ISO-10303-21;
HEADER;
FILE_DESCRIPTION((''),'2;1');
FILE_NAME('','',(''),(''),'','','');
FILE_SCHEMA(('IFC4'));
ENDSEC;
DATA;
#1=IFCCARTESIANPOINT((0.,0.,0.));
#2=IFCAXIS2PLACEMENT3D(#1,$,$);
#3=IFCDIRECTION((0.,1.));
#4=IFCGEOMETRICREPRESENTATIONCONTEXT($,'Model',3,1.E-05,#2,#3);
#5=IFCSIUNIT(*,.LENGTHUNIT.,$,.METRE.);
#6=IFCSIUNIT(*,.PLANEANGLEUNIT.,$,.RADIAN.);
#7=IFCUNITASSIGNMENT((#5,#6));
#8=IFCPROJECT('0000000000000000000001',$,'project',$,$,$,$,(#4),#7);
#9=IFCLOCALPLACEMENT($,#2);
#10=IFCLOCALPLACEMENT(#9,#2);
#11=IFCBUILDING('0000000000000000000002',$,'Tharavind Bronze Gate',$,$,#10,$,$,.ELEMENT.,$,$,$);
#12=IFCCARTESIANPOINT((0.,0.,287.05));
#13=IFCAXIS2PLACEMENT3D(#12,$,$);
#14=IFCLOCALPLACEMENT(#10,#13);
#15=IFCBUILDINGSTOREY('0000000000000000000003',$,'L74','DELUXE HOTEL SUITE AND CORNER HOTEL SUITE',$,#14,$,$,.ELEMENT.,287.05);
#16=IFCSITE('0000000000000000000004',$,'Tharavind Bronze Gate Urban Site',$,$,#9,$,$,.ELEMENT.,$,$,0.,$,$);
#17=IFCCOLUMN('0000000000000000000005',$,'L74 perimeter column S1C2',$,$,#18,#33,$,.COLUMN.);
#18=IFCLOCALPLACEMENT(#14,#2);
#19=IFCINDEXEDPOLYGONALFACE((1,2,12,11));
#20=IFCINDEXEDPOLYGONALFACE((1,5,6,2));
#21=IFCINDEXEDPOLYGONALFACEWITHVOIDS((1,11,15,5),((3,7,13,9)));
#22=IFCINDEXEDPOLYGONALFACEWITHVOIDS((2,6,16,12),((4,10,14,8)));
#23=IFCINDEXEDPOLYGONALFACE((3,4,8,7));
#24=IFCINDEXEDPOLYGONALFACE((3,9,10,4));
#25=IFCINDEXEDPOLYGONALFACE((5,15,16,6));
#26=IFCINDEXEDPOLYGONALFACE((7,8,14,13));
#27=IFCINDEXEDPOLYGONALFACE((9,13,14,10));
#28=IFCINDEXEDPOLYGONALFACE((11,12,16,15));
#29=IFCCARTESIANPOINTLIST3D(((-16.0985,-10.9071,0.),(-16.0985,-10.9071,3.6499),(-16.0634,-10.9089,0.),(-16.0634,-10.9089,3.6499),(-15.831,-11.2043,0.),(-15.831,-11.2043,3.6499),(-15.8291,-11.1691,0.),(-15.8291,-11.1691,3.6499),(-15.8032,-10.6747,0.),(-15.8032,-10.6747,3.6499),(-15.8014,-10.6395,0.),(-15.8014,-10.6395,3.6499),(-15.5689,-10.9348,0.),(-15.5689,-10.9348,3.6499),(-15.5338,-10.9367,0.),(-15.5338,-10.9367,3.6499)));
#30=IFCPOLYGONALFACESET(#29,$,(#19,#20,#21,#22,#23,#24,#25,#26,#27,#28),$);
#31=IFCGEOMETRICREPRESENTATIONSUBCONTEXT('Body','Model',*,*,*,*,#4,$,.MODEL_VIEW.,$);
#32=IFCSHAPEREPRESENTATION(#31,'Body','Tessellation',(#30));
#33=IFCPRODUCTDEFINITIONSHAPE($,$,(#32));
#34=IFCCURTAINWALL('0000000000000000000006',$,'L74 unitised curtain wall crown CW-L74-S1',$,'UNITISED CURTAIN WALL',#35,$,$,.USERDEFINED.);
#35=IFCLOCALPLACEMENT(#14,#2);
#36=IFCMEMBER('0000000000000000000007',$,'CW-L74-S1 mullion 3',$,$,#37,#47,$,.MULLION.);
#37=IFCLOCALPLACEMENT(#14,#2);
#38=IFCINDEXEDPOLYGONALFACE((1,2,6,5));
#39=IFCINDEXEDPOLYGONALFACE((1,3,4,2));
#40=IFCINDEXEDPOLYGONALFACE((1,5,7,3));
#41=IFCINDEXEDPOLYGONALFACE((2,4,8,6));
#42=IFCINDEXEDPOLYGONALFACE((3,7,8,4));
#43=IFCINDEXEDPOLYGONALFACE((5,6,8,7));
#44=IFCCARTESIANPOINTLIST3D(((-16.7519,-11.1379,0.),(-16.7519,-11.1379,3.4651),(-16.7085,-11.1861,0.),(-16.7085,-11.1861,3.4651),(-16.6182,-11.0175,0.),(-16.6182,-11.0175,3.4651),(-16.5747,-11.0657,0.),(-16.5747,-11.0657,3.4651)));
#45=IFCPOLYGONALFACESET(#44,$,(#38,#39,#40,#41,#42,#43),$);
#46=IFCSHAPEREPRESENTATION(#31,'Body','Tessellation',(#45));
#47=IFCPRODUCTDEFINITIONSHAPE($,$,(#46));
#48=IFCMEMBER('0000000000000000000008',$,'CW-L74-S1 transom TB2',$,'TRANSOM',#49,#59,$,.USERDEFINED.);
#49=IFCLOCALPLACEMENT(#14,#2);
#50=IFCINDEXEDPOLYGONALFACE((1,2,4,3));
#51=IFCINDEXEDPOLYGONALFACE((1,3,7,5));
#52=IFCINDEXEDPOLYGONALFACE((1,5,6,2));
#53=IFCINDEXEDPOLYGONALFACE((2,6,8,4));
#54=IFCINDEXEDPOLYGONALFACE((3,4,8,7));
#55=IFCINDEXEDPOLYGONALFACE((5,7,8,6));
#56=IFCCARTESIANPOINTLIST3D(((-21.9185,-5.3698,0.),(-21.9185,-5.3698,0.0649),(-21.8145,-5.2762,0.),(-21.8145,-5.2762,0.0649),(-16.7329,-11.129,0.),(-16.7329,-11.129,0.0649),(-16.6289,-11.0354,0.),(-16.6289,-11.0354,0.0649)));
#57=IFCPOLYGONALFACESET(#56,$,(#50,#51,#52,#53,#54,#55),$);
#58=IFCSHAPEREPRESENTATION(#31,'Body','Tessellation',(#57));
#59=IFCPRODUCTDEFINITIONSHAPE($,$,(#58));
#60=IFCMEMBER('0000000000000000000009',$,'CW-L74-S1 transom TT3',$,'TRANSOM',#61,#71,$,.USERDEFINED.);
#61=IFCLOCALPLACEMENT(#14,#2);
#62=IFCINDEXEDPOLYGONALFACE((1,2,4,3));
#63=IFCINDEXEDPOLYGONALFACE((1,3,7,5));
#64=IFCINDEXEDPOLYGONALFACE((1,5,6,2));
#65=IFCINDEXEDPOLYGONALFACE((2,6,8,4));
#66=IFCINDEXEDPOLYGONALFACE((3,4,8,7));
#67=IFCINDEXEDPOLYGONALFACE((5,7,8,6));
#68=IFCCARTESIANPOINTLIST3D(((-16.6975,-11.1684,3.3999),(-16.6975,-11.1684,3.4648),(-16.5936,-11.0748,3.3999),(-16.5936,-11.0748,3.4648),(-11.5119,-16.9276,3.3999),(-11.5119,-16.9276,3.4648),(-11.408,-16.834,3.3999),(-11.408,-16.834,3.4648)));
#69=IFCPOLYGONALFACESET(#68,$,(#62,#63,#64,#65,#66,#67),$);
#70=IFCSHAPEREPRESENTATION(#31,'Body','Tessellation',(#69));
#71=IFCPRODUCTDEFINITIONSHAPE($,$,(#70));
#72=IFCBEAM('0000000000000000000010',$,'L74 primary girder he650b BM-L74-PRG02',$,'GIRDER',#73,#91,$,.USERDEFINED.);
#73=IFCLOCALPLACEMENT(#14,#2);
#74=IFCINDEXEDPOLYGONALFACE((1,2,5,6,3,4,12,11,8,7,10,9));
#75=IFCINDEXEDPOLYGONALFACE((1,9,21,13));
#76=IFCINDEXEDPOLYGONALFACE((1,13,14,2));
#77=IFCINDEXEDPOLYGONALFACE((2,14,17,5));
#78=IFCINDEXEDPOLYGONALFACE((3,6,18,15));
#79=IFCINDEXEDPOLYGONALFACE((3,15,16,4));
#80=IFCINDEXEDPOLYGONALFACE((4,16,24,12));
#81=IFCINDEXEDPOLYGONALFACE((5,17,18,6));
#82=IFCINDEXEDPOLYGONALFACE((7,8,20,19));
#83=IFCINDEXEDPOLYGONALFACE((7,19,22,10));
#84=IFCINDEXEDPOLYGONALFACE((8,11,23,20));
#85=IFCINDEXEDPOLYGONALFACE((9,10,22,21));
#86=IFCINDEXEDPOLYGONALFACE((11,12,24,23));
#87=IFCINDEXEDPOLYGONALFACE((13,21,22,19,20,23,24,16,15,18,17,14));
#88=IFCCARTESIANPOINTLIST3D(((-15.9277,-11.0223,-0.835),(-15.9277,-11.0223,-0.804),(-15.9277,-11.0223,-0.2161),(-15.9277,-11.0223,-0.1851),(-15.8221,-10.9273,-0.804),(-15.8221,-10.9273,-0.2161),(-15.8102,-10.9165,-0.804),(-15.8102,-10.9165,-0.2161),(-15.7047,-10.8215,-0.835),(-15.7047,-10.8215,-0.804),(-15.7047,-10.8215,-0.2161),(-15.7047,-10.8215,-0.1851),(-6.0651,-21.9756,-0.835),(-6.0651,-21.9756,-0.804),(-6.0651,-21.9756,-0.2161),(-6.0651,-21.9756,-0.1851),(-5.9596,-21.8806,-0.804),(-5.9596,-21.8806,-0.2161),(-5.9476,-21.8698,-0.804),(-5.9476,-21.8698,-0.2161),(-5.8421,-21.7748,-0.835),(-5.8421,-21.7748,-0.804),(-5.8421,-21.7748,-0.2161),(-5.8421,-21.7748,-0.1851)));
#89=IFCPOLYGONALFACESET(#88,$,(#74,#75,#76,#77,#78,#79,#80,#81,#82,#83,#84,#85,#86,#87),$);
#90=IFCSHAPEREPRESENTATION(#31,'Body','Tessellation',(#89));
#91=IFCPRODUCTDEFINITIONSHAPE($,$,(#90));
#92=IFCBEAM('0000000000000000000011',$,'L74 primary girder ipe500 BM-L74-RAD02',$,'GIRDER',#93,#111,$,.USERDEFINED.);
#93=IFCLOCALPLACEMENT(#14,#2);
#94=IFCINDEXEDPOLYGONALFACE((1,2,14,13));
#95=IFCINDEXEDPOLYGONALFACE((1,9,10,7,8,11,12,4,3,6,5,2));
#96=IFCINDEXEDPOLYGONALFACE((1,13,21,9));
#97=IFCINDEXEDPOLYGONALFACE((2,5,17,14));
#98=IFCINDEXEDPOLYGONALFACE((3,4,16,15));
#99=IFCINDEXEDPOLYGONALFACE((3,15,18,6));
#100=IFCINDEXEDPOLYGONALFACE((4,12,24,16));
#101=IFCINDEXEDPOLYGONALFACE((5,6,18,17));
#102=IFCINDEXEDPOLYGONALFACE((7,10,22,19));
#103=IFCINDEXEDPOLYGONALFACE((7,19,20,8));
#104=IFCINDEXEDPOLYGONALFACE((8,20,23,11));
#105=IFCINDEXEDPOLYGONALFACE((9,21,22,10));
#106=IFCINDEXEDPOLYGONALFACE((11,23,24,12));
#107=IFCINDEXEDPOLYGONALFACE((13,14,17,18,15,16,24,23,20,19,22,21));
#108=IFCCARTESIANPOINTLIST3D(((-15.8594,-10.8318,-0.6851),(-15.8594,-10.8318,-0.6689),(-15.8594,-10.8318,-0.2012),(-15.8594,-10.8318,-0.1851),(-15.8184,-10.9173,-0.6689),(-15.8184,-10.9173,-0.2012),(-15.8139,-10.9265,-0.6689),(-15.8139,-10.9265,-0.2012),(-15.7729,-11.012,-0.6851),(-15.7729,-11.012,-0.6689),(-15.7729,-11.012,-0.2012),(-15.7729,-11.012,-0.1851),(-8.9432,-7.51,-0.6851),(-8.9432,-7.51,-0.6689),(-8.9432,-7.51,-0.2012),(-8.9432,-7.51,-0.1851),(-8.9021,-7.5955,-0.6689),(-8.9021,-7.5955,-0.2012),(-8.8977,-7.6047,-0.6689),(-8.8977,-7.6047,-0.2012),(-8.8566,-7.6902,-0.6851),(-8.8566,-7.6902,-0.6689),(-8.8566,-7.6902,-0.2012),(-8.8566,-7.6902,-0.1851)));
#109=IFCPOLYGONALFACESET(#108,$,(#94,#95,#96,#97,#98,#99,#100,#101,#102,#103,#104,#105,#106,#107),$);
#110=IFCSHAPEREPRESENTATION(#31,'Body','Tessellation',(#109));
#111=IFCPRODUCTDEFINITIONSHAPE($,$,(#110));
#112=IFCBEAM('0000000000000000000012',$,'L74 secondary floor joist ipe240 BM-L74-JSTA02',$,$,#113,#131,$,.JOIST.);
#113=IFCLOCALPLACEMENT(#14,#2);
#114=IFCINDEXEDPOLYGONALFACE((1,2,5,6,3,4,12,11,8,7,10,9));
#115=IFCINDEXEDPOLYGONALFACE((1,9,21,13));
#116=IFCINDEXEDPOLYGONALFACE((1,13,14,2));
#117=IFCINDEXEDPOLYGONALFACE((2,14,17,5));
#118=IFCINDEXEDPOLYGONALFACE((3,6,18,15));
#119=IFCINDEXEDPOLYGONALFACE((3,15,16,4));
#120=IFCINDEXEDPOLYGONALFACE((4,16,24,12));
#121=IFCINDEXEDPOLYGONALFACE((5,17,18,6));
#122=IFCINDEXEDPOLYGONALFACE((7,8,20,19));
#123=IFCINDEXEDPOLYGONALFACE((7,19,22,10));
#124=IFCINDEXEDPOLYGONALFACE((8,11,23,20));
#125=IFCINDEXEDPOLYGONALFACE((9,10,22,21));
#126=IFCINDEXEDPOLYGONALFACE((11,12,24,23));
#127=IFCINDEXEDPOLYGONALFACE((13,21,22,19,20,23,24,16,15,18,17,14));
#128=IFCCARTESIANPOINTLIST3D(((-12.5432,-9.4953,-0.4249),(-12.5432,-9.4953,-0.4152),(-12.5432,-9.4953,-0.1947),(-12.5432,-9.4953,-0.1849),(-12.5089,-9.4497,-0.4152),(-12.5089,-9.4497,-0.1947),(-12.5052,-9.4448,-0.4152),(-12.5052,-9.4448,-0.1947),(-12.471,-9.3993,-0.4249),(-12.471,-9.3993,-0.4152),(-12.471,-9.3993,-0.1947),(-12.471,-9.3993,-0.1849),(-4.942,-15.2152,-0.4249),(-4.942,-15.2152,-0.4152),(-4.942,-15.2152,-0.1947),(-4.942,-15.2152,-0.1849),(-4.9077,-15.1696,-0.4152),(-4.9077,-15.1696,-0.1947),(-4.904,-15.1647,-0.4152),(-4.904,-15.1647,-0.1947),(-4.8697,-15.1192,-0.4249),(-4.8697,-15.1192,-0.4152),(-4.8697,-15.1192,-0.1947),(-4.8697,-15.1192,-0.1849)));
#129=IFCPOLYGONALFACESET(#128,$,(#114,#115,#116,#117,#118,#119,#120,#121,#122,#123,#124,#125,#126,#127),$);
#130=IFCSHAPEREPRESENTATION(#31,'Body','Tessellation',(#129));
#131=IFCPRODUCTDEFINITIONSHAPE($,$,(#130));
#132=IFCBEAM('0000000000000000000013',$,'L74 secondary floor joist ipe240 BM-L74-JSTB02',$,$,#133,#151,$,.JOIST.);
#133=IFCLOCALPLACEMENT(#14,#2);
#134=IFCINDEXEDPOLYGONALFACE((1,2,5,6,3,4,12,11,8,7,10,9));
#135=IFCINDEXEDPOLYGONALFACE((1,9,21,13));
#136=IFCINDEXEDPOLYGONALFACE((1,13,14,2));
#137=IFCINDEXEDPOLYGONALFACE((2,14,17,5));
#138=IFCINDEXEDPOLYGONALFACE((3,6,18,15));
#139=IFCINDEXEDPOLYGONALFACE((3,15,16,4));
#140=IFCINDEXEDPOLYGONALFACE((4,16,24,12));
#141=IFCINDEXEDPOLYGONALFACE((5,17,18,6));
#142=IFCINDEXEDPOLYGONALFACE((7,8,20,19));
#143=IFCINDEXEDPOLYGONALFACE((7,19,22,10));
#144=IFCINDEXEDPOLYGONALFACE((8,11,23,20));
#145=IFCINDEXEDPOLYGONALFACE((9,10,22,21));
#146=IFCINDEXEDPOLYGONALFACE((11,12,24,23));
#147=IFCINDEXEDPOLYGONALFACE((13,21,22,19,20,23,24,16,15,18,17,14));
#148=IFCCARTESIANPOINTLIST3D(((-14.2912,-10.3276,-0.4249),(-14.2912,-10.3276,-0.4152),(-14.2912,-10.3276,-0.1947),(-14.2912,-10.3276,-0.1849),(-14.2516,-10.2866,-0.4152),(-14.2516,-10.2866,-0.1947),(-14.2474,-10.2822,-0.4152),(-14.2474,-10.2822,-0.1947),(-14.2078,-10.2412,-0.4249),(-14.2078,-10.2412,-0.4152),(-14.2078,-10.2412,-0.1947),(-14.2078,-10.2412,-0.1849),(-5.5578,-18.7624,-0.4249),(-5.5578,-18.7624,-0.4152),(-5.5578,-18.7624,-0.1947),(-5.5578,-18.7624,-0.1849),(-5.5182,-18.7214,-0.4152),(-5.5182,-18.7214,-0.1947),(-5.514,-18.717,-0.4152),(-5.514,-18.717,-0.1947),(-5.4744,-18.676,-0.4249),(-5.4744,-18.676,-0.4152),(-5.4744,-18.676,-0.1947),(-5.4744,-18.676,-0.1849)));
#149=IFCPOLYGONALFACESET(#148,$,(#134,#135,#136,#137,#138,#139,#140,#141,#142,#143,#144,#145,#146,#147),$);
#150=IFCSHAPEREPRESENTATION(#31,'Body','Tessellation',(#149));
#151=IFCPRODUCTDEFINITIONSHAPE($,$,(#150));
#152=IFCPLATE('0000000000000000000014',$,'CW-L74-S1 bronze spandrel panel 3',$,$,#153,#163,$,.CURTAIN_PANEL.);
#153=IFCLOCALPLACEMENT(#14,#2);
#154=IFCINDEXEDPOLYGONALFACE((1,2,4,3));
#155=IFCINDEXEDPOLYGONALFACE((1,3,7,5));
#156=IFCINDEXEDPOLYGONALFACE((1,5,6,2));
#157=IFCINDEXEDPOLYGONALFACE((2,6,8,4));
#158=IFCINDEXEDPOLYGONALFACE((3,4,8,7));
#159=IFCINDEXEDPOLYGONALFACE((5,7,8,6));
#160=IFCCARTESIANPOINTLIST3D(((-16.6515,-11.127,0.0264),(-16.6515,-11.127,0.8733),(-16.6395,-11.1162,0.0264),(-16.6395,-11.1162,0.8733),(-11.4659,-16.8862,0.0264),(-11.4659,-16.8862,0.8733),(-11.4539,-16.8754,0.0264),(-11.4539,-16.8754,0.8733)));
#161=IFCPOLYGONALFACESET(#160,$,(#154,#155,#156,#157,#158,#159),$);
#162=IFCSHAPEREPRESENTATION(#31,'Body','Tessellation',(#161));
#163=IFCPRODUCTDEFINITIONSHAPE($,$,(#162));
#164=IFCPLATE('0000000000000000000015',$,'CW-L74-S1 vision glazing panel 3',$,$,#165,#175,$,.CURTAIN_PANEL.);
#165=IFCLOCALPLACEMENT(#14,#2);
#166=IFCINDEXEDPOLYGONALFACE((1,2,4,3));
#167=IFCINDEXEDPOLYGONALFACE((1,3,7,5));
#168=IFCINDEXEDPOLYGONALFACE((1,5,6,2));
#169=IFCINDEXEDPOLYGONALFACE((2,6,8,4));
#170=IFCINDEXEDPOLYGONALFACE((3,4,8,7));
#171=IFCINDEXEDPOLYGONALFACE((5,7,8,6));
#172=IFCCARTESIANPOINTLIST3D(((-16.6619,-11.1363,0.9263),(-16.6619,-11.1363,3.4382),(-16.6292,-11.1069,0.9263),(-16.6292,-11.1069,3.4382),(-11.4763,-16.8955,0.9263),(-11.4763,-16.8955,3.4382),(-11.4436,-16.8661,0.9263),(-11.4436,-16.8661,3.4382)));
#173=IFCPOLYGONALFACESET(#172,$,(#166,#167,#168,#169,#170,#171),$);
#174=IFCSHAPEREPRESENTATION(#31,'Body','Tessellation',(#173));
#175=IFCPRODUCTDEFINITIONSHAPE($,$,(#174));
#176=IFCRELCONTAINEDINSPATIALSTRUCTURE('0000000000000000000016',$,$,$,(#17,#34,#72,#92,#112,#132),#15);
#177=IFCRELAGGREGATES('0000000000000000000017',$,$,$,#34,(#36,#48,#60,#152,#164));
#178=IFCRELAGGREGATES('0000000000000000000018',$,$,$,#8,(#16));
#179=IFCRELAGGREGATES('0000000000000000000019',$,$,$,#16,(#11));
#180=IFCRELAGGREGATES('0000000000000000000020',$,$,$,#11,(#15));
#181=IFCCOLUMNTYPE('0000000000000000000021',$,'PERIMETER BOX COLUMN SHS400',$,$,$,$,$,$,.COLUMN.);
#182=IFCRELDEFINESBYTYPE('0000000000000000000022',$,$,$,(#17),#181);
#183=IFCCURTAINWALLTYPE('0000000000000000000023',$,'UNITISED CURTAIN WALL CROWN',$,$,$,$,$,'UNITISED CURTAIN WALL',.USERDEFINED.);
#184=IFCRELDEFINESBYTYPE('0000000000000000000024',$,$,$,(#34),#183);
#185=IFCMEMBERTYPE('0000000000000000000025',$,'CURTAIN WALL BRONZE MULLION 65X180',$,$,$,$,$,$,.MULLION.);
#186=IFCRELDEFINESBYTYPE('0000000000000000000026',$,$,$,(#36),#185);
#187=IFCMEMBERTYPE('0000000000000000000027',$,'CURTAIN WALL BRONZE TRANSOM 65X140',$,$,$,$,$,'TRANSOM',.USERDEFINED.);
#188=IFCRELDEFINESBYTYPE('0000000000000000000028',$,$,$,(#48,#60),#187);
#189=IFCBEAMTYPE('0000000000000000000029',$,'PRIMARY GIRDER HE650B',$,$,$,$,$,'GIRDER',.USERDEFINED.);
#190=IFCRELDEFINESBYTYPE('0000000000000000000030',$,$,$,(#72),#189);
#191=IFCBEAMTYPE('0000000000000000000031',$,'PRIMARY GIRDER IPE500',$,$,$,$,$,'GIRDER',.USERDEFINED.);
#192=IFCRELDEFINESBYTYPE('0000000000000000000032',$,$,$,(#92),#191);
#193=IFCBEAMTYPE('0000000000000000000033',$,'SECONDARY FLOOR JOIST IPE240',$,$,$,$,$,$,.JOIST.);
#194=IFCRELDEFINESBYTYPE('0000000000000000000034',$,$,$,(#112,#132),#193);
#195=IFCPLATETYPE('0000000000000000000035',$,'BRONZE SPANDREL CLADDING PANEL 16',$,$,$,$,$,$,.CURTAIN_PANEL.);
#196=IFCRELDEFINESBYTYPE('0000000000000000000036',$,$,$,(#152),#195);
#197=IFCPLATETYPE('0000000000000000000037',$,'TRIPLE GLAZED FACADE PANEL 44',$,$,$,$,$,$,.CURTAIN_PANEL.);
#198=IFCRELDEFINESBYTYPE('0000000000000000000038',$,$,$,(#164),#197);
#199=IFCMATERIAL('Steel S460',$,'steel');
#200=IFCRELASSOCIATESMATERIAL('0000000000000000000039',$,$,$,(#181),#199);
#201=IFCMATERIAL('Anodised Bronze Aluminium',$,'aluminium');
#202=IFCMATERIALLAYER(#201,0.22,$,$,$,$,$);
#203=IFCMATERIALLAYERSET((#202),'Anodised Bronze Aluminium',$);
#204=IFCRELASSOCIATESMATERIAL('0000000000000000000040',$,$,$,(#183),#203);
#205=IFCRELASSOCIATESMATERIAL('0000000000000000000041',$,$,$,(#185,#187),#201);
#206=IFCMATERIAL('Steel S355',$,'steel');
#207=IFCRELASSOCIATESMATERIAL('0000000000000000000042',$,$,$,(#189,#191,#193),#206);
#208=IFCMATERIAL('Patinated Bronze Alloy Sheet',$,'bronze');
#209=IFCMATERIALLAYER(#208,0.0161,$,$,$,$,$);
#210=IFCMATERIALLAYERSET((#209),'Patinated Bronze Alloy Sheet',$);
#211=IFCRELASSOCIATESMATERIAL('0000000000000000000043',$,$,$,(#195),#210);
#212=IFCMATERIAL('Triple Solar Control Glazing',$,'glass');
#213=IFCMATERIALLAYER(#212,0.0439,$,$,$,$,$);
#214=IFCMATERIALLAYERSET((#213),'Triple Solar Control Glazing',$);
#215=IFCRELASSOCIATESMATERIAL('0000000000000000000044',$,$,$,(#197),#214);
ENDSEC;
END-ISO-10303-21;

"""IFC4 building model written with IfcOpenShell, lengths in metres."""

from ifc_helpers import new_model, si_unit, direction, frame, origin, origin_2d, place, context, subcontext, project, spatial, rectangle, hollow_rectangle, i_section, extrude, material, layer, layer_set, material_profile, profile_set, type_object, element, aggregate, save


model = new_model("IFC4")

# Units and contexts
model_context = context("Model", 3, precision=1e-05, world=origin(), true_north=direction((0.0, 1.0)))
body_context = subcontext(model_context, "Body", "Model", "MODEL_VIEW")
ifc_project = project(units=[si_unit("LENGTHUNIT", "METRE"), si_unit("PLANEANGLEUNIT", "RADIAN")], contexts=[model_context])

# Site, building, storey
site_placement = place(None, origin())
site = spatial("IfcSite", under=ifc_project, at=site_placement, Name="Tharavind Bronze Gate Urban Site", CompositionType="ELEMENT", RefElevation=0.0)
building_placement = place(site_placement, origin())
building = spatial("IfcBuilding", under=site, at=building_placement, Name="Tharavind Bronze Gate", CompositionType="ELEMENT")
storey_placement = place(building_placement, frame((0.0, 0.0, 287.05)))
storey = spatial("IfcBuildingStorey", under=building, at=storey_placement, Name="L74", Description="DELUXE HOTEL SUITE AND CORNER HOTEL SUITE", CompositionType="ELEMENT", Elevation=287.05)

# Column
ifc_material_1 = material(Name="Steel S460", Category="steel")
ifc_material_profile_1 = material_profile(ifc_material_1, hollow_rectangle(XDim=0.3999, YDim=0.3999, WallThickness=0.0249, at=origin_2d()), Name="SHS400X25")
ifc_profile_set_1 = profile_set([ifc_material_profile_1], Name="Steel S460")
column_type = type_object("IfcColumnType", Name="PERIMETER BOX COLUMN SHS400", PredefinedType="COLUMN", material=ifc_profile_set_1)
column_placement = place(storey_placement, frame((-15.8162, -10.9219, 0.0), z_axis=(0.0, 0.0, 1.0), x_axis=(-0.669131, 0.743145, 0.0)))
element("IfcColumn", 1, at=column_placement, inside=storey, type_object=column_type, Name="L74 perimeter column S1C2", PredefinedType="COLUMN", context=body_context, shape_type="SweptSolid", body=[
    extrude(hollow_rectangle(XDim=0.3999, YDim=0.3999, WallThickness=0.0249, at=origin_2d()), origin(), (0.0, 0.0, 1.0), 3.6499),
])

# Curtain wall, members
ifc_material_2 = material(Name="Anodised Bronze Aluminium", Category="aluminium")
ifc_layer_1 = layer(ifc_material_2, 0.22)
ifc_layer_set_1 = layer_set([ifc_layer_1], Name="Anodised Bronze Aluminium")
curtain_wall_type = type_object("IfcCurtainWallType", Name="UNITISED CURTAIN WALL CROWN", ElementType="UNITISED CURTAIN WALL", PredefinedType="USERDEFINED", material=ifc_layer_set_1)
curtain_wall_placement = place(storey_placement, origin())
curtain_wall = element("IfcCurtainWall", 2, at=curtain_wall_placement, inside=storey, type_object=curtain_wall_type, Name="L74 unitised curtain wall crown CW-L74-S1", ObjectType="UNITISED CURTAIN WALL", PredefinedType="USERDEFINED")
member_type_1 = type_object("IfcMemberType", Name="CURTAIN WALL BRONZE MULLION 65X180", PredefinedType="MULLION", material=ifc_material_2)
member_1_placement = place(storey_placement, frame((-16.6633, -11.1018, 0.0), z_axis=(0.0, 0.0, 1.0), x_axis=(0.669131, -0.743145, 0.0)))
member_1 = element("IfcMember", 3, at=member_1_placement, type_object=member_type_1, Name="CW-L74-S1 mullion 3", PredefinedType="MULLION", context=body_context, shape_type="SweptSolid", body=[
    extrude(rectangle(XDim=0.0649, YDim=0.1799, at=origin_2d()), origin(), (0.0, 0.0, 1.0), 3.4651),
])
member_type_2 = type_object("IfcMemberType", Name="CURTAIN WALL BRONZE TRANSOM 65X140", ElementType="TRANSOM", PredefinedType="USERDEFINED", material=ifc_material_2)
member_2_placement = place(storey_placement, frame((-19.2737, -8.2026, 0.0), z_axis=(0.0, 0.0, 1.0), x_axis=(0.669131, -0.743145, 0.0)))
member_2 = element("IfcMember", 4, at=member_2_placement, type_object=member_type_2, Name="CW-L74-S1 transom TB2", ObjectType="TRANSOM", PredefinedType="USERDEFINED", context=body_context, shape_type="SweptSolid", body=[
    extrude(rectangle(XDim=7.7498, YDim=0.1399, at=origin_2d()), origin(), (0.0, 0.0, 1.0), 0.0649),
])
member_3_placement = place(storey_placement, frame((-14.0527, -14.0012, 3.3999), z_axis=(0.0, 0.0, 1.0), x_axis=(0.669131, -0.743145, 0.0)))
member_3 = element("IfcMember", 5, at=member_3_placement, type_object=member_type_2, Name="CW-L74-S1 transom TT3", ObjectType="TRANSOM", PredefinedType="USERDEFINED", context=body_context, shape_type="SweptSolid", body=[
    extrude(rectangle(XDim=7.7498, YDim=0.1399, at=origin_2d()), origin(), (0.0, 0.0, 1.0), 0.0649),
])

# Beams
ifc_material_3 = material(Name="Steel S355", Category="steel")
ifc_material_profile_2 = material_profile(ifc_material_3, i_section(OverallWidth=0.3, OverallDepth=0.6499, WebThickness=0.0161, FlangeThickness=0.031, at=origin_2d()), Name="HE650B")
ifc_profile_set_2 = profile_set([ifc_material_profile_2], Name="Steel S355")
beam_type_1 = type_object("IfcBeamType", Name="PRIMARY GIRDER HE650B", ElementType="GIRDER", PredefinedType="USERDEFINED", material=ifc_profile_set_2)
beam_1_placement = place(storey_placement, frame((-15.8162, -10.9219, -0.51), z_axis=(0.669134, -0.743142, 0.0), x_axis=(0.743142, 0.669134, 0.0)))
element("IfcBeam", 6, at=beam_1_placement, inside=storey, type_object=beam_type_1, Name="L74 primary girder he650b BM-L74-PRG02", ObjectType="GIRDER", PredefinedType="USERDEFINED", context=body_context, shape_type="SweptSolid", body=[
    extrude(i_section(OverallWidth=0.3, OverallDepth=0.6499, WebThickness=0.0161, FlangeThickness=0.031, at=origin_2d()), origin(), (0.0, 0.0, 1.0), 14.7393),
])
ifc_material_profile_3 = material_profile(ifc_material_3, i_section(OverallWidth=0.2, OverallDepth=0.5, WebThickness=0.0103, FlangeThickness=0.0161, at=origin_2d()), Name="IPE500")
ifc_profile_set_3 = profile_set([ifc_material_profile_3], Name="Steel S355")
beam_type_2 = type_object("IfcBeamType", Name="PRIMARY GIRDER IPE500", ElementType="GIRDER", PredefinedType="USERDEFINED", material=ifc_profile_set_3)
beam_2_placement = place(storey_placement, frame((-15.8162, -10.9219, -0.4351), z_axis=(0.901423, 0.43294, 0.0), x_axis=(-0.43294, 0.901423, 0.0)))
element("IfcBeam", 7, at=beam_2_placement, inside=storey, type_object=beam_type_2, Name="L74 primary girder ipe500 BM-L74-RAD02", ObjectType="GIRDER", PredefinedType="USERDEFINED", context=body_context, shape_type="SweptSolid", body=[
    extrude(i_section(OverallWidth=0.2, OverallDepth=0.5, WebThickness=0.0103, FlangeThickness=0.0161, at=origin_2d()), origin(), (0.0, 0.0, 1.0), 7.6726),
])
ifc_material_profile_4 = material_profile(ifc_material_3, i_section(OverallWidth=0.1201, OverallDepth=0.24, WebThickness=0.0061, FlangeThickness=0.0098, at=origin_2d()), Name="IPE240")
ifc_profile_set_4 = profile_set([ifc_material_profile_4], Name="Steel S355")
beam_type_3 = type_object("IfcBeamType", Name="SECONDARY FLOOR JOIST IPE240", PredefinedType="JOIST", material=ifc_profile_set_4)
beam_3_placement = place(storey_placement, frame((-12.5071, -9.4473, -0.3049), z_axis=(0.799041, -0.601276, 0.0), x_axis=(0.601276, 0.799041, 0.0)))
element("IfcBeam", 8, at=beam_3_placement, inside=storey, type_object=beam_type_3, Name="L74 secondary floor joist ipe240 BM-L74-JSTA02", PredefinedType="JOIST", context=body_context, shape_type="SweptSolid", body=[
    extrude(i_section(OverallWidth=0.1201, OverallDepth=0.24, WebThickness=0.0061, FlangeThickness=0.0098, at=origin_2d()), origin(), (0.0, 0.0, 1.0), 9.5129),
])
beam_4_placement = place(storey_placement, frame((-14.2495, -10.2844, -0.3049), z_axis=(0.719296, -0.694704, 0.0), x_axis=(0.694704, 0.719296, 0.0)))
element("IfcBeam", 9, at=beam_4_placement, inside=storey, type_object=beam_type_3, Name="L74 secondary floor joist ipe240 BM-L74-JSTB02", PredefinedType="JOIST", context=body_context, shape_type="SweptSolid", body=[
    extrude(i_section(OverallWidth=0.1201, OverallDepth=0.24, WebThickness=0.0061, FlangeThickness=0.0098, at=origin_2d()), origin(), (0.0, 0.0, 1.0), 12.1416),
])

# Plates
ifc_material_4 = material(Name="Patinated Bronze Alloy Sheet", Category="bronze")
ifc_layer_2 = layer(ifc_material_4, 0.0161)
ifc_layer_set_2 = layer_set([ifc_layer_2], Name="Patinated Bronze Alloy Sheet")
plate_type_1 = type_object("IfcPlateType", Name="BRONZE SPANDREL CLADDING PANEL 16", PredefinedType="CURTAIN_PANEL", material=ifc_layer_set_2)
plate_1_placement = place(storey_placement, frame((-14.0527, -14.0012, 0.0264), z_axis=(0.0, 0.0, 1.0), x_axis=(0.669131, -0.743145, 0.0)))
plate_1 = element("IfcPlate", 10, at=plate_1_placement, type_object=plate_type_1, Name="CW-L74-S1 bronze spandrel panel 3", PredefinedType="CURTAIN_PANEL", context=body_context, shape_type="SweptSolid", body=[
    extrude(rectangle(XDim=7.7498, YDim=0.0161, at=origin_2d()), origin(), (0.0, 0.0, 1.0), 0.8469),
])
ifc_material_5 = material(Name="Triple Solar Control Glazing", Category="glass")
ifc_layer_3 = layer(ifc_material_5, 0.0439)
ifc_layer_set_3 = layer_set([ifc_layer_3], Name="Triple Solar Control Glazing")
plate_type_2 = type_object("IfcPlateType", Name="TRIPLE GLAZED FACADE PANEL 44", PredefinedType="CURTAIN_PANEL", material=ifc_layer_set_3)
plate_2_placement = place(storey_placement, frame((-14.0527, -14.0012, 0.9263), z_axis=(0.0, 0.0, 1.0), x_axis=(0.669131, -0.743145, 0.0)))
plate_2 = element("IfcPlate", 11, at=plate_2_placement, type_object=plate_type_2, Name="CW-L74-S1 vision glazing panel 3", PredefinedType="CURTAIN_PANEL", context=body_context, shape_type="SweptSolid", body=[
    extrude(rectangle(XDim=7.7498, YDim=0.0439, at=origin_2d()), origin(), (0.0, 0.0, 1.0), 2.512),
])
aggregate(curtain_wall, [member_1, member_2, member_3, plate_1, plate_2])

save(model, "model.ifc")
